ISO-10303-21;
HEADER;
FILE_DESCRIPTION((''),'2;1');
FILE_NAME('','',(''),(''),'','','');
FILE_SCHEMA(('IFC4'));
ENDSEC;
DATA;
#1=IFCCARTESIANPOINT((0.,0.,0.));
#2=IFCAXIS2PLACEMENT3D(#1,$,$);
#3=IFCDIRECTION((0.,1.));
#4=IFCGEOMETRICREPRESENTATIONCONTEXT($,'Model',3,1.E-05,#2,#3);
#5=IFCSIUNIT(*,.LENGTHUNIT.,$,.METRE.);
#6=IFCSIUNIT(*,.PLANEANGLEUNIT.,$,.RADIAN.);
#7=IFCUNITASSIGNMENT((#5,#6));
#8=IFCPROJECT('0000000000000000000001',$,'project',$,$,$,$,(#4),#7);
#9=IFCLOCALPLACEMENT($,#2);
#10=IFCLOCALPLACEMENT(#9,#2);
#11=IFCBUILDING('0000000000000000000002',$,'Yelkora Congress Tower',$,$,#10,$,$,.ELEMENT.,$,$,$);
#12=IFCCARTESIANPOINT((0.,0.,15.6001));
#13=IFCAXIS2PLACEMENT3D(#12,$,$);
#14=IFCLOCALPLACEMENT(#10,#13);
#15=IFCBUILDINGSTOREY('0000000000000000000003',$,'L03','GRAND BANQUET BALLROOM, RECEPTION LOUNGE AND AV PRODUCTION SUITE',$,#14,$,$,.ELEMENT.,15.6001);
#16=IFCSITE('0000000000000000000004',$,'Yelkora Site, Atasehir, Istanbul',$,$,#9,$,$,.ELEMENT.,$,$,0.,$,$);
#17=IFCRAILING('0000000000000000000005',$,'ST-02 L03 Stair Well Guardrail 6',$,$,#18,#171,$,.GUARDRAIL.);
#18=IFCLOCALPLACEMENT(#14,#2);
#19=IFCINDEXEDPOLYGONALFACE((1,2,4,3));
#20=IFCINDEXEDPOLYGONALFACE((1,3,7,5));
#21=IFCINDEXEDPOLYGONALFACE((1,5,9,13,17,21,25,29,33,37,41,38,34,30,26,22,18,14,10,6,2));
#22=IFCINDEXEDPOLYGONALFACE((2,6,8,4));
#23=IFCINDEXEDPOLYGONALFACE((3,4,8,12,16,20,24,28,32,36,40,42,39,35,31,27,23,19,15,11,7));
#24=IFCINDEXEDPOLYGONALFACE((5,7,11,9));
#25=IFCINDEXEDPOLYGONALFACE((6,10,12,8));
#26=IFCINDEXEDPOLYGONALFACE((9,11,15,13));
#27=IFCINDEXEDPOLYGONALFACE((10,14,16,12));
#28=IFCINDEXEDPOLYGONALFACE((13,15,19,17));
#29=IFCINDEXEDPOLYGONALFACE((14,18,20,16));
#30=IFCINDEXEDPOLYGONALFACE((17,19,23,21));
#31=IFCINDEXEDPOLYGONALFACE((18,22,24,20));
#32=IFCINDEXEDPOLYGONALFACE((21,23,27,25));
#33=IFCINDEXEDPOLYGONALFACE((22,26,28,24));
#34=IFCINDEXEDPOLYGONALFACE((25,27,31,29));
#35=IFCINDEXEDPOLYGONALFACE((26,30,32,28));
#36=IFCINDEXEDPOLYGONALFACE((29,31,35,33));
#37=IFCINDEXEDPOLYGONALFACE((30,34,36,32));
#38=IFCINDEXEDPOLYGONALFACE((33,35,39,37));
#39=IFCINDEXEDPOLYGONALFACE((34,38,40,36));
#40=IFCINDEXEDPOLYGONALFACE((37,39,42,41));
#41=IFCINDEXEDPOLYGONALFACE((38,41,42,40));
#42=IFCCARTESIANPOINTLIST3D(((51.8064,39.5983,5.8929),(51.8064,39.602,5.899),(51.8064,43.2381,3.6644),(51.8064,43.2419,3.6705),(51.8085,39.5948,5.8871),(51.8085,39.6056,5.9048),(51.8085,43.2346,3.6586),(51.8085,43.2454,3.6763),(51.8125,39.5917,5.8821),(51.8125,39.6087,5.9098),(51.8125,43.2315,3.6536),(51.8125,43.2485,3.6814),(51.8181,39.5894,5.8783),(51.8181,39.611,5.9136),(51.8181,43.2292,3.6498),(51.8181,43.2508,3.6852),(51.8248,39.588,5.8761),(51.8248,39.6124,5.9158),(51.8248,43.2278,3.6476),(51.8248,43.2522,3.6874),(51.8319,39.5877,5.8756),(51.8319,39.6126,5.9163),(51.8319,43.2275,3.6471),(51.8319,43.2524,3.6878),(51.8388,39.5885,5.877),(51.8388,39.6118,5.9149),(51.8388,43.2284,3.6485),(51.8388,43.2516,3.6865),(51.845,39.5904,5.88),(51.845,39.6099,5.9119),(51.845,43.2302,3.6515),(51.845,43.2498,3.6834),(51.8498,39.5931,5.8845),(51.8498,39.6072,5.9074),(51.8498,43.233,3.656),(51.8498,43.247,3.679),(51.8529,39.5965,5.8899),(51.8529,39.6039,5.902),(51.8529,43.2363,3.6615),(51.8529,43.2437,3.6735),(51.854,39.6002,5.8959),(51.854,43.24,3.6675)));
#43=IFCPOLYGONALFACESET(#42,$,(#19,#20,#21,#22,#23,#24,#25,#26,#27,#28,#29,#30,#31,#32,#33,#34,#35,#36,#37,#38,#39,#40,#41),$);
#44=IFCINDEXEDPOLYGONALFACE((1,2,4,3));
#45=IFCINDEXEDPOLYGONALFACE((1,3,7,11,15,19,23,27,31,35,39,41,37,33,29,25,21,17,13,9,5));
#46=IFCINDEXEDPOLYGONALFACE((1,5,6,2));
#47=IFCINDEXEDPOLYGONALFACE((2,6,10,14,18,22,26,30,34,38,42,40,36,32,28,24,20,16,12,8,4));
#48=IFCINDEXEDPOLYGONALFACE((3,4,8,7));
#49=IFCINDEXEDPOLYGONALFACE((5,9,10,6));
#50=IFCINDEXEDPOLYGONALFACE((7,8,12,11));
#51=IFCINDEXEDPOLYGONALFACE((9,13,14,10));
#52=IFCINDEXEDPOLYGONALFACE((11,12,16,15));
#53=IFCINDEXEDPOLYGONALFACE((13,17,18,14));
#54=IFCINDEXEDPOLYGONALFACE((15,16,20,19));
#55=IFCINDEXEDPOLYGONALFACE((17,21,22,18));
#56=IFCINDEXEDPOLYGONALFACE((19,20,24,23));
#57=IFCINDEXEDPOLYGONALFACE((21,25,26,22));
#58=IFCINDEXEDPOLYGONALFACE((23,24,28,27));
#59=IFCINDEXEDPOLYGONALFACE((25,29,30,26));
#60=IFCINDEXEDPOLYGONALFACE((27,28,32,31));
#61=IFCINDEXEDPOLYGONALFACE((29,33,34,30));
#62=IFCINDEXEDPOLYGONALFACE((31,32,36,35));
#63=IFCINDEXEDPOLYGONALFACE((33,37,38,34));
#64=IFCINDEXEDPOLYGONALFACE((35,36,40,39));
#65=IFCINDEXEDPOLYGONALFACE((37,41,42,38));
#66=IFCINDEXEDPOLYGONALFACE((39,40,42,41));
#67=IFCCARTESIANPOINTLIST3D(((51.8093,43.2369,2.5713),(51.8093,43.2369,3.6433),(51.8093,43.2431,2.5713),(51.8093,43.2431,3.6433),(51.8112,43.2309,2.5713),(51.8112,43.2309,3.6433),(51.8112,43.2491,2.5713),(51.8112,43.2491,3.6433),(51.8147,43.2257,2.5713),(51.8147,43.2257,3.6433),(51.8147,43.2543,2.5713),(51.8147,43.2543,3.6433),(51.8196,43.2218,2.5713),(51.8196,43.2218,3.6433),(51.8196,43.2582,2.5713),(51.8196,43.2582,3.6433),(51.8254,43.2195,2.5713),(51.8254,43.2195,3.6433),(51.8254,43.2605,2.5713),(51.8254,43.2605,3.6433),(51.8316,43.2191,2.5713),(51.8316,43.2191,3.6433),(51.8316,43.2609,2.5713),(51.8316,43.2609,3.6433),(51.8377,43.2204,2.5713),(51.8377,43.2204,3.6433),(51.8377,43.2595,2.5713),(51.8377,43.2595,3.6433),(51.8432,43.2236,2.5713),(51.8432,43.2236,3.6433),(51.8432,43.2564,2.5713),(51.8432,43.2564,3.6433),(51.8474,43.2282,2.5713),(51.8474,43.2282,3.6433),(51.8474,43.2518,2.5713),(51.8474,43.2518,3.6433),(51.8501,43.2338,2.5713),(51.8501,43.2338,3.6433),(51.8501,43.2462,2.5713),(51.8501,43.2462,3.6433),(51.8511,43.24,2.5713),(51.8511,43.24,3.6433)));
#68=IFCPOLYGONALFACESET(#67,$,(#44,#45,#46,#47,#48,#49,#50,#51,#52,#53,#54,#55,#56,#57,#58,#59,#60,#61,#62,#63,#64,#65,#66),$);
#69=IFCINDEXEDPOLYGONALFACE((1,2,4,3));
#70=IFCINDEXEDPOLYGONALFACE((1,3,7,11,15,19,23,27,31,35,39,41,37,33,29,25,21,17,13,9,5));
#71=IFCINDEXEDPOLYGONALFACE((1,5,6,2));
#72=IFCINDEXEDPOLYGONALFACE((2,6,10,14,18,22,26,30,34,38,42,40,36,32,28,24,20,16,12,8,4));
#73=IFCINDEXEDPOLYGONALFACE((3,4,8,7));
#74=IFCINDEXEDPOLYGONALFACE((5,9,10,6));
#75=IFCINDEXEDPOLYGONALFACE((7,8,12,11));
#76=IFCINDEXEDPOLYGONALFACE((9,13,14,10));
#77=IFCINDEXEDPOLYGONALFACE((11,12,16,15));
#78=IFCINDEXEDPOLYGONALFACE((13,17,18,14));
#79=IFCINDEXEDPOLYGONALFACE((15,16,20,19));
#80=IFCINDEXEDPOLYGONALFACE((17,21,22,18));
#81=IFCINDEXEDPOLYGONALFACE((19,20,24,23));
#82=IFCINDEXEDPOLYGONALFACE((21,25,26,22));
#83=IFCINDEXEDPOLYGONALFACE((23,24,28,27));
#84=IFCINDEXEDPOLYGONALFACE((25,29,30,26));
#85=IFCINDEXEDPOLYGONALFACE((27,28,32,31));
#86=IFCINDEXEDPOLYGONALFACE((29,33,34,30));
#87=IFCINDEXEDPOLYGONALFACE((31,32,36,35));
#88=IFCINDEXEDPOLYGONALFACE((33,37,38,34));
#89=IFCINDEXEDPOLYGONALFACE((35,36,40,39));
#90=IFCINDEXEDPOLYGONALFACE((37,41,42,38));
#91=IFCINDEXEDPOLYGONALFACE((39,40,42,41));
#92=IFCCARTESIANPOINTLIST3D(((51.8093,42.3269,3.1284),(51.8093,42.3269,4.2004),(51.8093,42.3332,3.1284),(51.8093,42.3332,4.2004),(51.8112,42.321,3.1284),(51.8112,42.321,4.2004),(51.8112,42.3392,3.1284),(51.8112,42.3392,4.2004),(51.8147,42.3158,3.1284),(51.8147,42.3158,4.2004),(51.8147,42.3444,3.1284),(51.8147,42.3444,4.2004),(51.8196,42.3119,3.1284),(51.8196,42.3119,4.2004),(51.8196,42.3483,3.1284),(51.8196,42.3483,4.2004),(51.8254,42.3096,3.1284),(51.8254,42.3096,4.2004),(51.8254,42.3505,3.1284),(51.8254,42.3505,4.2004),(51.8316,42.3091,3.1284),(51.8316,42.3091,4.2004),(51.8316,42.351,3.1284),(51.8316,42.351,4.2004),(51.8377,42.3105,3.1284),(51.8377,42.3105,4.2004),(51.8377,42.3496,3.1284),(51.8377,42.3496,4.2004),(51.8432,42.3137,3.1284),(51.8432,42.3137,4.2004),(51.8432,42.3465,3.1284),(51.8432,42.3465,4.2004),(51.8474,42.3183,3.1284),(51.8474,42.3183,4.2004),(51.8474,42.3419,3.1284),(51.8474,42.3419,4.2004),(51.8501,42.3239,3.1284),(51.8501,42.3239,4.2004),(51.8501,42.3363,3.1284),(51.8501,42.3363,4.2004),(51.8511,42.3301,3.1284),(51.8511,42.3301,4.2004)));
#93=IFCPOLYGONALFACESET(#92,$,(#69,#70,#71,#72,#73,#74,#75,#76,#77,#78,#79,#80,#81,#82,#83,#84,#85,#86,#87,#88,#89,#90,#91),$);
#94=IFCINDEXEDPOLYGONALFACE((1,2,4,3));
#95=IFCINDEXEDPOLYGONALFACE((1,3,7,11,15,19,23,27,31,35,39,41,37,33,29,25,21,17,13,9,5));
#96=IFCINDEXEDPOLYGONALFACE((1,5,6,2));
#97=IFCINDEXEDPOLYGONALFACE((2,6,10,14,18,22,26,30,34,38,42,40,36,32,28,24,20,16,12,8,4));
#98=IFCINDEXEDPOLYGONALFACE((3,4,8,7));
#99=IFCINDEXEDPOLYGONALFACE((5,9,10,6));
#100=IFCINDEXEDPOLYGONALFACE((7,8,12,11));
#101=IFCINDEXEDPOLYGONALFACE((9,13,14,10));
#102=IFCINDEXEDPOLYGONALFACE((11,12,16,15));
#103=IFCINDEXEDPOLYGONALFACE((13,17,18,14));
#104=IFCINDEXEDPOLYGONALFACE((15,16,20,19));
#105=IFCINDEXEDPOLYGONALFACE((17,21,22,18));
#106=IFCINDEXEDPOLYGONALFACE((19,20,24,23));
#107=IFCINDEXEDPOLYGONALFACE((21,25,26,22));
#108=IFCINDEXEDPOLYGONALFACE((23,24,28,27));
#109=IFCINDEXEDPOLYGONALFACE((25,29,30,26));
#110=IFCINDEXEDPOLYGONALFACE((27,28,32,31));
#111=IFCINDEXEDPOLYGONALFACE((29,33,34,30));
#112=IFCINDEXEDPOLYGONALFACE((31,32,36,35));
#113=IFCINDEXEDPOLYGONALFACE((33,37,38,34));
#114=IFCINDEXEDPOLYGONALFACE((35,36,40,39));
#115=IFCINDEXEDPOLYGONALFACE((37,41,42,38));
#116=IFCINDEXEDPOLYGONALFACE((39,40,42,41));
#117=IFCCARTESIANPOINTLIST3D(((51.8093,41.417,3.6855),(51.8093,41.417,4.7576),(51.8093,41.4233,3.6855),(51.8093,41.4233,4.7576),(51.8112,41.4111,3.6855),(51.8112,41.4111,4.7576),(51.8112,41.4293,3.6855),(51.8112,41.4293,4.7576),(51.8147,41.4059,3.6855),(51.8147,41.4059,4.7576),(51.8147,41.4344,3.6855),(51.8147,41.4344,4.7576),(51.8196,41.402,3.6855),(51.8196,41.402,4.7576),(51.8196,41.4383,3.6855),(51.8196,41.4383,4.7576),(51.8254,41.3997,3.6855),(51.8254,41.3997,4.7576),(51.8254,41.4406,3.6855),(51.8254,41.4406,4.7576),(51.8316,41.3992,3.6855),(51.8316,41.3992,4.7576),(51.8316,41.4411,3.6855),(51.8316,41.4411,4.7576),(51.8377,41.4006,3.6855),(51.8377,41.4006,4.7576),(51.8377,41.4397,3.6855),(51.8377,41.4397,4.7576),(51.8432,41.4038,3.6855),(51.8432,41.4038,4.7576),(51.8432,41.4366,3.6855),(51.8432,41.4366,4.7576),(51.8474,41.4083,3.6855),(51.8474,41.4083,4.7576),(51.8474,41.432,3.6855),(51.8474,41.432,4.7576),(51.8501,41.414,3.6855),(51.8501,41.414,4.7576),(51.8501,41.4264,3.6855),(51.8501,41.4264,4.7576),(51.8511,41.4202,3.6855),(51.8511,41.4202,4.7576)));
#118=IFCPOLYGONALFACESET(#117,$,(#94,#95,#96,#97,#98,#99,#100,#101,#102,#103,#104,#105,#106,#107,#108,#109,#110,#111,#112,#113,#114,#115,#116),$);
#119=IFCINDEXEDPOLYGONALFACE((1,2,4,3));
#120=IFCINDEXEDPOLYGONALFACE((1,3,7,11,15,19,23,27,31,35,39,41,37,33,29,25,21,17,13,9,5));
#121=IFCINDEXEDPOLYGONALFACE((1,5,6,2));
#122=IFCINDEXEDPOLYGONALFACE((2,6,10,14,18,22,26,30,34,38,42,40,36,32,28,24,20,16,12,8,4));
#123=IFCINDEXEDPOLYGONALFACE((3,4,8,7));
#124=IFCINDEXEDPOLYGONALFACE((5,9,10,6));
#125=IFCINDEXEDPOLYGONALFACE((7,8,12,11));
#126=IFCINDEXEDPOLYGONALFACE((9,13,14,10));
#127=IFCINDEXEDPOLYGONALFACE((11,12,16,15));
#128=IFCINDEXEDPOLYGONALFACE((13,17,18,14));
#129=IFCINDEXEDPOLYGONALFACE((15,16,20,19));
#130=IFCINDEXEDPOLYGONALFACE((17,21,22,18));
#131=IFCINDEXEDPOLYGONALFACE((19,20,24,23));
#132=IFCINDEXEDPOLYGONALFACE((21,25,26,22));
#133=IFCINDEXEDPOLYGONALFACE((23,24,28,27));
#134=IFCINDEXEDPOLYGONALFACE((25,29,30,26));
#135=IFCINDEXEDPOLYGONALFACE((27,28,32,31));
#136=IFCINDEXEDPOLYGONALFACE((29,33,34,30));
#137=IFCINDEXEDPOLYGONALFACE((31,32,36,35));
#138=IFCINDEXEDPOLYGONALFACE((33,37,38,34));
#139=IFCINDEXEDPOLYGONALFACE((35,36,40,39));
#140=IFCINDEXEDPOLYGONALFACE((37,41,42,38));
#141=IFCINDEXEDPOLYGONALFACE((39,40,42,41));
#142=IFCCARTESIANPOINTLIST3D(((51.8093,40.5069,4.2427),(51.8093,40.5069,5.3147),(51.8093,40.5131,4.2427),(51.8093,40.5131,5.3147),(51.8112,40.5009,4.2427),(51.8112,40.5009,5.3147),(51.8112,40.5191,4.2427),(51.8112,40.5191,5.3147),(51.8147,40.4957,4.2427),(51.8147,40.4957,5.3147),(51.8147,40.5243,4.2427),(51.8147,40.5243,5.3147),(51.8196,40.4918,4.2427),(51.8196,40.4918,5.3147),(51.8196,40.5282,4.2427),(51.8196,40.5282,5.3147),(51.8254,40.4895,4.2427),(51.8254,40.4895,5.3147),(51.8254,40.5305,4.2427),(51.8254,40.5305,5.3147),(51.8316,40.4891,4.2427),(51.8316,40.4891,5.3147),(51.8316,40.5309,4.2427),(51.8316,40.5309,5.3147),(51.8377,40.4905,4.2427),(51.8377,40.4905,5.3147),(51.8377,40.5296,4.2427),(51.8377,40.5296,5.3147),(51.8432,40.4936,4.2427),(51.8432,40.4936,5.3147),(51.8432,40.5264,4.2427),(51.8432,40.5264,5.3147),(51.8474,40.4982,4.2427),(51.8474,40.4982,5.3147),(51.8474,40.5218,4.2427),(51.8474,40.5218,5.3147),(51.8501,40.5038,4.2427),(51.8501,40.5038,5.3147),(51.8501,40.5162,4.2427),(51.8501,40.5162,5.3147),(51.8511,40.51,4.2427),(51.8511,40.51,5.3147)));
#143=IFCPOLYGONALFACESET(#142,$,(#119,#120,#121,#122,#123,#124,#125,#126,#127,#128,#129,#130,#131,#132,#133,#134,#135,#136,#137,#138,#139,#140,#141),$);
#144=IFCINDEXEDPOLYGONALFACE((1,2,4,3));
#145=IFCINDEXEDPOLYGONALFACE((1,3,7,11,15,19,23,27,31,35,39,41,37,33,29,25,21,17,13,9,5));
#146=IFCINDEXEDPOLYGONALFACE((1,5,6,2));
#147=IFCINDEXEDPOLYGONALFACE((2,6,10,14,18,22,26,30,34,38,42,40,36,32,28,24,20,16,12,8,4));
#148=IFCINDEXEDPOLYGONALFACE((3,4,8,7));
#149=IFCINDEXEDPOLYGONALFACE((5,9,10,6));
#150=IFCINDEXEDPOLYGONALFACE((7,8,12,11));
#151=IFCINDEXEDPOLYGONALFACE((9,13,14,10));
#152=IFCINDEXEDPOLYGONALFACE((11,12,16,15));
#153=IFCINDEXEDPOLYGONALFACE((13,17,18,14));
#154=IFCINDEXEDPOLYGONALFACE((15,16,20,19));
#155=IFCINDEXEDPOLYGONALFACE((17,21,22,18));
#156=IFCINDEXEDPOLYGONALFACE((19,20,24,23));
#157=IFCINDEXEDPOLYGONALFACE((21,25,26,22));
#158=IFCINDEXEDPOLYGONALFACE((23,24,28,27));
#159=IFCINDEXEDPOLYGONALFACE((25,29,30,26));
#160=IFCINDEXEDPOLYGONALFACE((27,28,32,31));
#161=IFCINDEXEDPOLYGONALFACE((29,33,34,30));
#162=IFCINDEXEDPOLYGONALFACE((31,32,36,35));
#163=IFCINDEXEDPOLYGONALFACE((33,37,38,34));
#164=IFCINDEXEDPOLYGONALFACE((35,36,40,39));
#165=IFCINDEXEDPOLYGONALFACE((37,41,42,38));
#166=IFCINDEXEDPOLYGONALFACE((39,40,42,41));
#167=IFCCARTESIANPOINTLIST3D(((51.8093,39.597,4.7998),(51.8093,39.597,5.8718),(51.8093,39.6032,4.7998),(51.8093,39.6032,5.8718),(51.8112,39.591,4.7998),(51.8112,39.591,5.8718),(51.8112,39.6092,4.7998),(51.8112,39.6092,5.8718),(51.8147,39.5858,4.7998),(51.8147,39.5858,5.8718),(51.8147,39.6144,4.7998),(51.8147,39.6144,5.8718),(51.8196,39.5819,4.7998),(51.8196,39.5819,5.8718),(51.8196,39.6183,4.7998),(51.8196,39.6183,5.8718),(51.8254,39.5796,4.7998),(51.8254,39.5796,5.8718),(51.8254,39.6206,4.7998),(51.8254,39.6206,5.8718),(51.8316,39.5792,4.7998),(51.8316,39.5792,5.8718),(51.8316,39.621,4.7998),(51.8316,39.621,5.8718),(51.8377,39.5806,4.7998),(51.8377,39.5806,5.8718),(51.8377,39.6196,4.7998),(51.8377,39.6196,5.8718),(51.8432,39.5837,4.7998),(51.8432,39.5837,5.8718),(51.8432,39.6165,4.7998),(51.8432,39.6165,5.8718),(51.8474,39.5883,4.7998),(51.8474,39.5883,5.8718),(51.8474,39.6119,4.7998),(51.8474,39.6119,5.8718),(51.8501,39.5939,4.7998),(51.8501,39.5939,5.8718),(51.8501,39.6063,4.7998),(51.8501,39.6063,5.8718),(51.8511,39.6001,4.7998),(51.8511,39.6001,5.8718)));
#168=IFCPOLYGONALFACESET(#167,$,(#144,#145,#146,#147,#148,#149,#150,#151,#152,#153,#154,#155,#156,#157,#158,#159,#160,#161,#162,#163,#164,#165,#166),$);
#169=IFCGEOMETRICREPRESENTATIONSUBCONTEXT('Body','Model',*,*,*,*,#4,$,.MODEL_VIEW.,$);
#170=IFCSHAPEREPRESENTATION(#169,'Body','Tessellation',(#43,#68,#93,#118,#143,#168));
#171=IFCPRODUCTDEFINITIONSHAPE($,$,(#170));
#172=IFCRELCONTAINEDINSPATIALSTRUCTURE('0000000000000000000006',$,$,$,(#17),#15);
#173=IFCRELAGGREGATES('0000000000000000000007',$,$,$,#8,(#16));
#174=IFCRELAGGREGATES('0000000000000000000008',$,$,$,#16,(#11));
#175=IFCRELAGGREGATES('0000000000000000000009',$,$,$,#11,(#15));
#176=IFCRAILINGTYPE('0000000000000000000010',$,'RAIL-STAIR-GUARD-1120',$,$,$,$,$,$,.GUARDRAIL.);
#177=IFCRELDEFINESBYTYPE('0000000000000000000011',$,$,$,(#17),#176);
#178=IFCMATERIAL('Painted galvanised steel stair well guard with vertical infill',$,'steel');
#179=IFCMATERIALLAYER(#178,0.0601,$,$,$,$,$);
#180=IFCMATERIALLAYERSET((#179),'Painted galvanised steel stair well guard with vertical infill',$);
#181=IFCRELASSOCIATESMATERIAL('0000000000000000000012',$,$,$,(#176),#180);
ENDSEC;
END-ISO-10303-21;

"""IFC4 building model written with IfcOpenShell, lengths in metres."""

from ifc_helpers import new_model, si_unit, direction, frame, origin, origin_2d, place, context, subcontext, project, spatial, circle, extrude, material, layer, layer_set, type_object, element, save


model = new_model("IFC4")

# Units and contexts
model_context = context("Model", 3, precision=1e-05, world=origin(), true_north=direction((0.0, 1.0)))
body_context = subcontext(model_context, "Body", "Model", "MODEL_VIEW")
ifc_project = project(units=[si_unit("LENGTHUNIT", "METRE"), si_unit("PLANEANGLEUNIT", "RADIAN")], contexts=[model_context])

# Site, building, storey
site_placement = place(None, origin())
site = spatial("IfcSite", under=ifc_project, at=site_placement, Name="Yelkora Site, Atasehir, Istanbul", CompositionType="ELEMENT", RefElevation=0.0)
building_placement = place(site_placement, origin())
building = spatial("IfcBuilding", under=site, at=building_placement, Name="Yelkora Congress Tower", CompositionType="ELEMENT")
storey_placement = place(building_placement, frame((0.0, 0.0, 15.6001)))
storey = spatial("IfcBuildingStorey", under=building, at=storey_placement, Name="L03", Description="GRAND BANQUET BALLROOM, RECEPTION LOUNGE AND AV PRODUCTION SUITE", CompositionType="ELEMENT", Elevation=15.6001)

# Railing
ifc_material_1 = material(Name="Painted galvanised steel stair well guard with vertical infill", Category="steel")
ifc_layer_1 = layer(ifc_material_1, 0.0601)
ifc_layer_set_1 = layer_set([ifc_layer_1], Name="Painted galvanised steel stair well guard with vertical infill")
railing_type_1 = type_object("IfcRailingType", Name="RAIL-STAIR-GUARD-1120", PredefinedType="GUARDRAIL", material=ifc_layer_set_1)
railing_1_placement = place(storey_placement, frame((51.8301, 43.24, 2.5713)))
element("IfcRailing", 1, at=railing_1_placement, inside=storey, type_object=railing_type_1, Name="ST-02 L03 Stair Well Guardrail 6", PredefinedType="GUARDRAIL", context=body_context, shape_type="SweptSolid", body=[
    extrude(circle(Radius=0.0239, at=origin_2d()), frame((0.0, 0.0, 1.0962), z_axis=(0.0, -0.85285, 0.522156), x_axis=(1.0, 0.0, 0.0)), (0.0, 0.0, 1.0), 4.2678),
    extrude(circle(Radius=0.021, at=origin_2d()), origin(), (0.0, 0.0, 1.0), 1.072),
    extrude(circle(Radius=0.021, at=origin_2d()), frame((0.0, -0.9099, 0.5571)), (0.0, 0.0, 1.0), 1.072),
    extrude(circle(Radius=0.021, at=origin_2d()), frame((0.0, -1.8198, 1.1143)), (0.0, 0.0, 1.0), 1.072),
    extrude(circle(Radius=0.021, at=origin_2d()), frame((0.0, -2.73, 1.6714)), (0.0, 0.0, 1.0), 1.072),
    extrude(circle(Radius=0.021, at=origin_2d()), frame((0.0, -3.6399, 2.2285)), (0.0, 0.0, 1.0), 1.072),
])

save(model, "model.ifc")
